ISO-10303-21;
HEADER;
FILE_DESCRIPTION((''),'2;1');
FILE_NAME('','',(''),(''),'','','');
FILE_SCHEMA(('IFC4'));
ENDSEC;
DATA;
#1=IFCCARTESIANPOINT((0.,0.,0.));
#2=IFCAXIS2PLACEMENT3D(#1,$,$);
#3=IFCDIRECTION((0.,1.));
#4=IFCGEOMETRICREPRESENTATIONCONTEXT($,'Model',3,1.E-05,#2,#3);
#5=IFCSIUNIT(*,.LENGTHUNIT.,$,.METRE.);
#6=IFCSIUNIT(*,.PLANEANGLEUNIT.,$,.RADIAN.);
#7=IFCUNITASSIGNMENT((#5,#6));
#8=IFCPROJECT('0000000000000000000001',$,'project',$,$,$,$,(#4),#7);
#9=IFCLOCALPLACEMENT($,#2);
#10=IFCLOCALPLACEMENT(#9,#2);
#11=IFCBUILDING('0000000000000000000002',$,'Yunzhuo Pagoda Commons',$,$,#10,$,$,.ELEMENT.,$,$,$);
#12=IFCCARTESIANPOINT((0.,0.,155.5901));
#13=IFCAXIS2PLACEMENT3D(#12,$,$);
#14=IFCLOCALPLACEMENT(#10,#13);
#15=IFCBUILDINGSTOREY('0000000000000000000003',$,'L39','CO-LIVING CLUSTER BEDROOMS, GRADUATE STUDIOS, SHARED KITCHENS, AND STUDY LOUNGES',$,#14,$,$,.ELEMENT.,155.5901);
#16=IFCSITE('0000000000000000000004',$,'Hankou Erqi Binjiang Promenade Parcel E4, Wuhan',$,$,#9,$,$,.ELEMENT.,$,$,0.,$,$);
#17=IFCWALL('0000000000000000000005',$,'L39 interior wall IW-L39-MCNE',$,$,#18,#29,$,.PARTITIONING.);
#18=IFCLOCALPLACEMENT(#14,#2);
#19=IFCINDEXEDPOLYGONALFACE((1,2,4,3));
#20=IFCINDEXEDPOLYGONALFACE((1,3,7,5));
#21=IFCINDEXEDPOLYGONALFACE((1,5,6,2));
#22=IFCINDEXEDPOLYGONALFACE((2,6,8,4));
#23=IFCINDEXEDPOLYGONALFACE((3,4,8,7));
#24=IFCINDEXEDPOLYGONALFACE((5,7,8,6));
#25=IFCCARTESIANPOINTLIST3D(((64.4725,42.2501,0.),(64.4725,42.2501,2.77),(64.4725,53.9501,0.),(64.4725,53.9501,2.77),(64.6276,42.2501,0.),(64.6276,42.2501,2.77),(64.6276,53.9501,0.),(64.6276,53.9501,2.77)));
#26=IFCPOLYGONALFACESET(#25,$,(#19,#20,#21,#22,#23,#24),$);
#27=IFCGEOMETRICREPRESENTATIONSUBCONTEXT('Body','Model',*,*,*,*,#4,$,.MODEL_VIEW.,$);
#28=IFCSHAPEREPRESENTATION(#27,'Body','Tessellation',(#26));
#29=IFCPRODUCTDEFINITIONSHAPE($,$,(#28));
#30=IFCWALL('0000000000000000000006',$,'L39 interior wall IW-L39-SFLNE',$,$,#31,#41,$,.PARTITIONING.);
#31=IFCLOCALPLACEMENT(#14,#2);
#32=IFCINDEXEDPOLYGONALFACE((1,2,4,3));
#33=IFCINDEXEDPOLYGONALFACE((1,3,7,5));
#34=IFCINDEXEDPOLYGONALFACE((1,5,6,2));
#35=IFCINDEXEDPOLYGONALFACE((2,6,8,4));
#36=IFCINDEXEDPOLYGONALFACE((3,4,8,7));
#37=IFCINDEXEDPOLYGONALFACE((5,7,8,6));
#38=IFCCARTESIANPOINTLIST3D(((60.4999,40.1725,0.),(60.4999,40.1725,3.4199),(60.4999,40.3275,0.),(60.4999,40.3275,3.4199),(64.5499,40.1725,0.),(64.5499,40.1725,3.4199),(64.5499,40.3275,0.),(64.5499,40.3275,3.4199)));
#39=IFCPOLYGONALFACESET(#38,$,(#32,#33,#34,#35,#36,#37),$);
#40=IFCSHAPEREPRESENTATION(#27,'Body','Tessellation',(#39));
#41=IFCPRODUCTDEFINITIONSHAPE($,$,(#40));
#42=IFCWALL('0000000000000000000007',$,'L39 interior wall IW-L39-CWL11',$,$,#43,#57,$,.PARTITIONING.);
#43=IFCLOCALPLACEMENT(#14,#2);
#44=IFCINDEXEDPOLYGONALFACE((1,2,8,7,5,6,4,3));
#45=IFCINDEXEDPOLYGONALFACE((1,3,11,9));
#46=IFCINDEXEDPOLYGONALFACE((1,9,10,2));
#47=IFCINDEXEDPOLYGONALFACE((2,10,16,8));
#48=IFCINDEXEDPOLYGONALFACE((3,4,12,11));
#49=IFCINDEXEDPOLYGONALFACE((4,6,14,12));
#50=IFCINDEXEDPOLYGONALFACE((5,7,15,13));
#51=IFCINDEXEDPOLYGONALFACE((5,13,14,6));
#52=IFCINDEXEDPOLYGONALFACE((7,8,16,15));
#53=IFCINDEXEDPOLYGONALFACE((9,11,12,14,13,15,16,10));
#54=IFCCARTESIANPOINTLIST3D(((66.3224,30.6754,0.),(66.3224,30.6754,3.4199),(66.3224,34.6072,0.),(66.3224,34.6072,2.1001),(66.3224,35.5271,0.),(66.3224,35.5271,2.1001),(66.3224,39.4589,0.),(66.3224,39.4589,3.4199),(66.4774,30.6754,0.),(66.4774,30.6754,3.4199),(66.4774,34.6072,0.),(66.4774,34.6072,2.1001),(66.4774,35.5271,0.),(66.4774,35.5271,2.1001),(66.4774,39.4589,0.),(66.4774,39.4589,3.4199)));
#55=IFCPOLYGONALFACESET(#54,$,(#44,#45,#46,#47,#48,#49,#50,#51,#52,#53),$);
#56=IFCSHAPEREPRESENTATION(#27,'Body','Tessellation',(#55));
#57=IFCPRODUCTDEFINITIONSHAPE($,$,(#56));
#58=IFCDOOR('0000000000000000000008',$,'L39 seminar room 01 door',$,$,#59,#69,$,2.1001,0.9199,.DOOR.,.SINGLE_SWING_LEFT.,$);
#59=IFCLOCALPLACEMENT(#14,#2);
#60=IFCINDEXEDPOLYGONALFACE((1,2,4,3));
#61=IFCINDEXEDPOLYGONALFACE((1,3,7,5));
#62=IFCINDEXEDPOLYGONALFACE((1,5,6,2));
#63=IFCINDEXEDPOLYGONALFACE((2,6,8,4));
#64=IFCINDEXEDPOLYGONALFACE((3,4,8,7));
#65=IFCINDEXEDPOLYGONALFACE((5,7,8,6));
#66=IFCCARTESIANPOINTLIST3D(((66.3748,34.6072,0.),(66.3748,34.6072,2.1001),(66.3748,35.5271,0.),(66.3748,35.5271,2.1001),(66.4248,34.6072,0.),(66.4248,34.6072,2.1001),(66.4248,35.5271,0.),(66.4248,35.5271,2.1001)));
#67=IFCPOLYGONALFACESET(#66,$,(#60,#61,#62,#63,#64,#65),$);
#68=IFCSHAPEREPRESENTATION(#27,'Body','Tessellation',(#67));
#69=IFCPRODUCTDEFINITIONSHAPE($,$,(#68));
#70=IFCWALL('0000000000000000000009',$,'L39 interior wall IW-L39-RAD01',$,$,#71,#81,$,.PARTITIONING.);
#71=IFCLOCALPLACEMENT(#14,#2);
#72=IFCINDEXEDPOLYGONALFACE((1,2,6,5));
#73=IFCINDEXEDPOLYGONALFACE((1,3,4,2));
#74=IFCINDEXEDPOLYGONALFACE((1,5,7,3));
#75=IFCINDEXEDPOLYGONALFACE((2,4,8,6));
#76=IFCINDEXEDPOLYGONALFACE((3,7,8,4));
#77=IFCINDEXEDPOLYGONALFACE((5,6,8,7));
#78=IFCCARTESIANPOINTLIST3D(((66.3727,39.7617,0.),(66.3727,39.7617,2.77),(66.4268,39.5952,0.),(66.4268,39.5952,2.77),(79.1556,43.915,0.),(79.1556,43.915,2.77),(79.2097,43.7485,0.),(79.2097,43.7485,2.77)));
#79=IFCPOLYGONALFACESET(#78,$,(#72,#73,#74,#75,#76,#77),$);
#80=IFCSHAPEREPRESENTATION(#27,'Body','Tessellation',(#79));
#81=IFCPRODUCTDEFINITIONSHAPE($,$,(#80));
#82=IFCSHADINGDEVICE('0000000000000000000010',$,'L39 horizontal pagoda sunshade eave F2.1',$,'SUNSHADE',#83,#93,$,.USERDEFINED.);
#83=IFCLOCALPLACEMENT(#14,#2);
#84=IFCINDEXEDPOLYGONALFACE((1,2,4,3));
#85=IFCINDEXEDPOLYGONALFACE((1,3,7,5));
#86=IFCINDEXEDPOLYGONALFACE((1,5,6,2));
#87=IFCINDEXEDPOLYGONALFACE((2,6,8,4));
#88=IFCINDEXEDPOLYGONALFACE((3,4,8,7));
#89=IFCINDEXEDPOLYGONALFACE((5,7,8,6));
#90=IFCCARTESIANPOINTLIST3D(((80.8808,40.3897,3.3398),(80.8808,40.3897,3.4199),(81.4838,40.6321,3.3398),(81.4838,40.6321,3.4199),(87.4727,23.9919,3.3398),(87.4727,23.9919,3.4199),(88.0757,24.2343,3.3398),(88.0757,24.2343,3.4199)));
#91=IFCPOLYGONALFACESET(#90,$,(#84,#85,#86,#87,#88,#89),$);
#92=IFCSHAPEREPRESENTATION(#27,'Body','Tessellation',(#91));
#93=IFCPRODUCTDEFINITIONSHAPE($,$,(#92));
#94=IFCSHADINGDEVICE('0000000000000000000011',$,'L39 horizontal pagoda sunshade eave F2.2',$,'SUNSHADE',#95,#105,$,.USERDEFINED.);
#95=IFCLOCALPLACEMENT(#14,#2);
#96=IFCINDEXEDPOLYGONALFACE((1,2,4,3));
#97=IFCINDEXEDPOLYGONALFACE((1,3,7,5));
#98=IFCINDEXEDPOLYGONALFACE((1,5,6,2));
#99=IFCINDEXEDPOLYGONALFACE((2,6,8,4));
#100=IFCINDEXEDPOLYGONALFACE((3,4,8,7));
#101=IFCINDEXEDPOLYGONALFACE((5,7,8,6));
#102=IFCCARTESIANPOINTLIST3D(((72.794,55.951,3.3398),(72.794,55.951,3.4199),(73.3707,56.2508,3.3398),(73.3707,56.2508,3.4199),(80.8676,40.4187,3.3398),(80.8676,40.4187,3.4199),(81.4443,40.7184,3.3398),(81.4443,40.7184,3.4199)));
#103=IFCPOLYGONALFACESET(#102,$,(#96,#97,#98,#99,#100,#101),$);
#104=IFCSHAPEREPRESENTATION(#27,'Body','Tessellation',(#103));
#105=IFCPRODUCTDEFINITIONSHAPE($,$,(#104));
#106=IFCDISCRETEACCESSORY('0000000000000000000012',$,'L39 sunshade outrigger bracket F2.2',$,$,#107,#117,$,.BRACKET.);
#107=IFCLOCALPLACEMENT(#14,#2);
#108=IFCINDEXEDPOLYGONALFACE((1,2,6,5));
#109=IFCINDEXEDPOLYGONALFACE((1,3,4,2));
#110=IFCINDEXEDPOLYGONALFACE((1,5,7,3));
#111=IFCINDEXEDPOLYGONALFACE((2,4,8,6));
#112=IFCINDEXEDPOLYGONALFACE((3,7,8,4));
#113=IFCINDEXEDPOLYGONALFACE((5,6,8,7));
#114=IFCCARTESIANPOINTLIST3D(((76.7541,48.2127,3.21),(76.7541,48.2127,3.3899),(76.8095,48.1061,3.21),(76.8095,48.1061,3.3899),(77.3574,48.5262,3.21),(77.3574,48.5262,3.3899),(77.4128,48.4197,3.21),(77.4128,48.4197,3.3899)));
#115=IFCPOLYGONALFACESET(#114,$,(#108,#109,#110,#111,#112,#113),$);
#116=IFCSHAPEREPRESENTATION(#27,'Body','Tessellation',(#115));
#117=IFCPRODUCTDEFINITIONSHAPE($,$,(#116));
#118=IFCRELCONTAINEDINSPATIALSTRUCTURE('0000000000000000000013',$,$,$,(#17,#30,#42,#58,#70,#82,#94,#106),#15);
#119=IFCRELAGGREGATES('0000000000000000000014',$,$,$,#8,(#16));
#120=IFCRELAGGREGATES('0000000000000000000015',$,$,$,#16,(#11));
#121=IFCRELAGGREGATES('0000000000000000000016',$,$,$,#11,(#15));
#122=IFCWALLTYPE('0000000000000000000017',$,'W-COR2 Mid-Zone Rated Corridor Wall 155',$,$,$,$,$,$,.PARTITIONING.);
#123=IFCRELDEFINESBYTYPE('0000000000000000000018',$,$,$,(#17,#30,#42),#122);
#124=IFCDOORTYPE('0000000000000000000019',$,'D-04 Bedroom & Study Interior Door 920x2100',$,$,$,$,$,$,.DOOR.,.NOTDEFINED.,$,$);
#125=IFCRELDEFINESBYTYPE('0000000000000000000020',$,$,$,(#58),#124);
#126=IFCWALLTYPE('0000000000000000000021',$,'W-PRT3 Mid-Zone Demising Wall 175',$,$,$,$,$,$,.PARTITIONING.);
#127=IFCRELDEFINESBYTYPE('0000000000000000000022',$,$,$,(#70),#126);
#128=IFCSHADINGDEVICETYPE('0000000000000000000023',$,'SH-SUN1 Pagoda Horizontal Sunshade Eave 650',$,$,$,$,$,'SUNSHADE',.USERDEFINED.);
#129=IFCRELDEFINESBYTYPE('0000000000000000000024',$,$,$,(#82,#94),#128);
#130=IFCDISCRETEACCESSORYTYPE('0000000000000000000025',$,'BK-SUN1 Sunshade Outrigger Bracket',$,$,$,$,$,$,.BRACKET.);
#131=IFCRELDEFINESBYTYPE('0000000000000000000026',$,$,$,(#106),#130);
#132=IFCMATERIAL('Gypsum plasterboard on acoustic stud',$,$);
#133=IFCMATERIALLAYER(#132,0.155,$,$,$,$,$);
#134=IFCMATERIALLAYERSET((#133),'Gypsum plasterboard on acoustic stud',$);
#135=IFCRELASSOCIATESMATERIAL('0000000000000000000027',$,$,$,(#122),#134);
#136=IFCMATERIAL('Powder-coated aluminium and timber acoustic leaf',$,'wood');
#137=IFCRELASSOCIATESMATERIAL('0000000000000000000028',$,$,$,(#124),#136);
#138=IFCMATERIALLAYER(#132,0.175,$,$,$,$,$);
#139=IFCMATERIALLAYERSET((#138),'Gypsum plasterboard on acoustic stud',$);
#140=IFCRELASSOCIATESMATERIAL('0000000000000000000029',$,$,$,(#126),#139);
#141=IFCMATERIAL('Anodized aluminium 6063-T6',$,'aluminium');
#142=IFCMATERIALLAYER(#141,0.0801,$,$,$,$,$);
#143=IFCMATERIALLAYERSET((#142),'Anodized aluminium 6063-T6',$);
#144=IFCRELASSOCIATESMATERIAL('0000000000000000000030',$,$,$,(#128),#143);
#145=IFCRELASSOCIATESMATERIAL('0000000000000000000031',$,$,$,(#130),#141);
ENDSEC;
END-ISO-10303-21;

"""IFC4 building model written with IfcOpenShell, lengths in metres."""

from ifc_helpers import new_model, si_unit, direction, frame, frame_2d, origin, origin_with_axes, origin_2d, place, context, subcontext, project, spatial, rectangle, extrude, source, transform, mapped, material, layer, layer_set, type_object, element, fill, save


model = new_model("IFC4")

# Units and contexts
model_context = context("Model", 3, precision=1e-05, world=origin(), true_north=direction((0.0, 1.0)))
body_context = subcontext(model_context, "Body", "Model", "MODEL_VIEW")
ifc_project = project(units=[si_unit("LENGTHUNIT", "METRE"), si_unit("PLANEANGLEUNIT", "RADIAN")], contexts=[model_context])

# Site, building, storey
site_placement = place(None, origin())
site = spatial("IfcSite", under=ifc_project, at=site_placement, Name="Hankou Erqi Binjiang Promenade Parcel E4, Wuhan", CompositionType="ELEMENT", RefElevation=0.0)
building_placement = place(site_placement, origin())
building = spatial("IfcBuilding", under=site, at=building_placement, Name="Yunzhuo Pagoda Commons", CompositionType="ELEMENT")
storey_placement = place(building_placement, frame((0.0, 0.0, 155.5901)))
storey = spatial("IfcBuildingStorey", under=building, at=storey_placement, Name="L39", Description="CO-LIVING CLUSTER BEDROOMS, GRADUATE STUDIOS, SHARED KITCHENS, AND STUDY LOUNGES", CompositionType="ELEMENT", Elevation=155.5901)

# Shared definitions
ifc_material_1 = material(Name="Anodized aluminium 6063-T6", Category="aluminium")

# Walls
ifc_material_2 = material(Name="Gypsum plasterboard on acoustic stud")
ifc_layer_1 = layer(ifc_material_2, 0.155)
ifc_layer_set_1 = layer_set([ifc_layer_1], Name="Gypsum plasterboard on acoustic stud")
wall_type_1 = type_object("IfcWallType", Name="W-COR2 Mid-Zone Rated Corridor Wall 155", PredefinedType="PARTITIONING", material=ifc_layer_set_1)
wall_1_placement = place(storey_placement, frame((64.55, 42.25, 0.0), z_axis=(0.0, 0.0, 1.0), x_axis=(0.0, 1.0, 0.0)))
element("IfcWall", 1, at=wall_1_placement, inside=storey, type_object=wall_type_1, Name="L39 interior wall IW-L39-MCNE", PredefinedType="PARTITIONING", context=body_context, shape_type="SweptSolid", body=[
    extrude(rectangle(XDim=11.7, YDim=0.155, at=frame_2d((5.8501, 0.0))), origin(), (0.0, 0.0, 1.0), 2.77),
])
wall_2_placement = place(storey_placement, frame((60.5, 40.25, 0.0), z_axis=(0.0, 0.0, 1.0), x_axis=(1.0, 0.0, 0.0)))
element("IfcWall", 2, at=wall_2_placement, inside=storey, type_object=wall_type_1, Name="L39 interior wall IW-L39-SFLNE", PredefinedType="PARTITIONING", context=body_context, shape_type="SweptSolid", body=[
    extrude(rectangle(XDim=4.05, YDim=0.155, at=frame_2d((2.0249, 0.0))), origin(), (0.0, 0.0, 1.0), 3.4199),
])

# Wall, opening, door
wall_3_placement = place(storey_placement, frame((66.3999, 39.4587, 0.0), z_axis=(0.0, 0.0, 1.0), x_axis=(0.0, -1.0, 0.0)))
wall_3 = element("IfcWall", 3, at=wall_3_placement, inside=storey, type_object=wall_type_1, Name="L39 interior wall IW-L39-CWL11", PredefinedType="PARTITIONING", context=body_context, shape_type="SweptSolid", body=[
    extrude(rectangle(XDim=8.7834, YDim=0.155, at=frame_2d((4.3916, 0.0))), origin(), (0.0, 0.0, 1.0), 3.4199),
])
opening_placement = place(wall_3_placement, frame((3.9316, 0.0, 0.0)))
opening = element("IfcOpeningElement", 4, at=opening_placement, cuts=wall_3, PredefinedType="OPENING", context=body_context, shape_type="SweptSolid", body=[
    extrude(rectangle(XDim=0.9199, YDim=2.1001, at=frame_2d((0.46, 1.05))), frame((0.0, 0.0874, 0.0), z_axis=(0.0, -1.0, 0.0), x_axis=(1.0, 0.0, 0.0)), (0.0, 0.0, 1.0), 0.175),
])
ifc_material_3 = material(Name="Powder-coated aluminium and timber acoustic leaf", Category="wood")
door_type = type_object("IfcDoorType", Name="D-04 Bedroom & Study Interior Door 920x2100", OperationType="NOTDEFINED", PredefinedType="DOOR", material=ifc_material_3)
shared_shape_1 = source(origin(), body_context, "Body", "SweptSolid", [
    extrude(rectangle(XDim=0.9199, YDim=2.1001, at=frame_2d((0.46, 1.05))), frame((0.0, 0.0249, 0.0), z_axis=(0.0, -1.0, 0.0), x_axis=(1.0, 0.0, 0.0)), (0.0, 0.0, 1.0), 0.05),
])
door_placement = place(opening_placement, origin_with_axes())
door = element("IfcDoor", 5, at=door_placement, inside=storey, type_object=door_type, Name="L39 seminar room 01 door", OperationType="SINGLE_SWING_LEFT", OverallHeight=2.1001, OverallWidth=0.9199, PredefinedType="DOOR", context=body_context, shape_type="MappedRepresentation", body=[
    mapped(shared_shape_1, transform((0.0, 0.0, 0.0), scale=1.0)),
])
fill(opening, door)

# Wall
ifc_layer_2 = layer(ifc_material_2, 0.175)
ifc_layer_set_2 = layer_set([ifc_layer_2], Name="Gypsum plasterboard on acoustic stud")
wall_type_2 = type_object("IfcWallType", Name="W-PRT3 Mid-Zone Demising Wall 175", PredefinedType="PARTITIONING", material=ifc_layer_set_2)
wall_4_placement = place(storey_placement, frame((66.3999, 39.6785, 0.0), z_axis=(0.0, 0.0, 1.0), x_axis=(0.951059, 0.309009, 0.0)))
element("IfcWall", 6, at=wall_4_placement, inside=storey, type_object=wall_type_2, Name="L39 interior wall IW-L39-RAD01", PredefinedType="PARTITIONING", context=body_context, shape_type="SweptSolid", body=[
    extrude(rectangle(XDim=13.4407, YDim=0.175, at=frame_2d((6.7202, 0.0))), origin(), (0.0, 0.0, 1.0), 2.77),
])

# Shading devices
ifc_layer_3 = layer(ifc_material_1, 0.0801)
ifc_layer_set_3 = layer_set([ifc_layer_3], Name="Anodized aluminium 6063-T6")
shading_device_type = type_object("IfcShadingDeviceType", Name="SH-SUN1 Pagoda Horizontal Sunshade Eave 650", ElementType="SUNSHADE", PredefinedType="USERDEFINED", material=ifc_layer_set_3)
shared_shape_2 = source(origin(), body_context, "Body", "SweptSolid", [
    extrude(rectangle(XDim=17.6731, YDim=0.6499, at=origin_2d()), origin(), (0.0, 0.0, 1.0), 0.0801),
])
shading_device_1_placement = place(storey_placement, frame((84.4783, 32.312, 3.3398), z_axis=(0.0, 0.0, 1.0), x_axis=(-0.372988, 0.927836, 0.0)))
element("IfcShadingDevice", 7, at=shading_device_1_placement, inside=storey, type_object=shading_device_type, Name="L39 horizontal pagoda sunshade eave F2.1", ObjectType="SUNSHADE", PredefinedType="USERDEFINED", context=body_context, shape_type="MappedRepresentation", body=[
    mapped(shared_shape_2, transform((0.0, 0.0, 0.0), scale=1.0)),
])
shared_shape_3 = source(origin(), body_context, "Body", "SweptSolid", [
    extrude(rectangle(XDim=17.5054, YDim=0.6499, at=origin_2d()), origin(), (0.0, 0.0, 1.0), 0.0801),
])
shading_device_2_placement = place(storey_placement, frame((77.1191, 48.3347, 3.3398), z_axis=(0.0, 0.0, 1.0), x_axis=(-0.461207, 0.887293, 0.0)))
element("IfcShadingDevice", 8, at=shading_device_2_placement, inside=storey, type_object=shading_device_type, Name="L39 horizontal pagoda sunshade eave F2.2", ObjectType="SUNSHADE", PredefinedType="USERDEFINED", context=body_context, shape_type="MappedRepresentation", body=[
    mapped(shared_shape_3, transform((0.0, 0.0, 0.0), scale=1.0)),
])

# Discrete accessory
discrete_accessory_type = type_object("IfcDiscreteAccessoryType", Name="BK-SUN1 Sunshade Outrigger Bracket", PredefinedType="BRACKET", material=ifc_material_1)
shared_shape_4 = source(origin(), body_context, "Body", "SweptSolid", [
    extrude(rectangle(XDim=0.1201, YDim=0.6799, at=origin_2d()), origin(), (0.0, 0.0, 1.0), 0.1799),
])
discrete_accessory_placement = place(storey_placement, frame((77.0835, 48.3162, 3.21), z_axis=(0.0, 0.0, 1.0), x_axis=(-0.461207, 0.887293, 0.0)))
element("IfcDiscreteAccessory", 9, at=discrete_accessory_placement, inside=storey, type_object=discrete_accessory_type, Name="L39 sunshade outrigger bracket F2.2", PredefinedType="BRACKET", context=body_context, shape_type="MappedRepresentation", body=[
    mapped(shared_shape_4, transform((0.0, 0.0, 0.0), scale=1.0)),
])

save(model, "model.ifc")
